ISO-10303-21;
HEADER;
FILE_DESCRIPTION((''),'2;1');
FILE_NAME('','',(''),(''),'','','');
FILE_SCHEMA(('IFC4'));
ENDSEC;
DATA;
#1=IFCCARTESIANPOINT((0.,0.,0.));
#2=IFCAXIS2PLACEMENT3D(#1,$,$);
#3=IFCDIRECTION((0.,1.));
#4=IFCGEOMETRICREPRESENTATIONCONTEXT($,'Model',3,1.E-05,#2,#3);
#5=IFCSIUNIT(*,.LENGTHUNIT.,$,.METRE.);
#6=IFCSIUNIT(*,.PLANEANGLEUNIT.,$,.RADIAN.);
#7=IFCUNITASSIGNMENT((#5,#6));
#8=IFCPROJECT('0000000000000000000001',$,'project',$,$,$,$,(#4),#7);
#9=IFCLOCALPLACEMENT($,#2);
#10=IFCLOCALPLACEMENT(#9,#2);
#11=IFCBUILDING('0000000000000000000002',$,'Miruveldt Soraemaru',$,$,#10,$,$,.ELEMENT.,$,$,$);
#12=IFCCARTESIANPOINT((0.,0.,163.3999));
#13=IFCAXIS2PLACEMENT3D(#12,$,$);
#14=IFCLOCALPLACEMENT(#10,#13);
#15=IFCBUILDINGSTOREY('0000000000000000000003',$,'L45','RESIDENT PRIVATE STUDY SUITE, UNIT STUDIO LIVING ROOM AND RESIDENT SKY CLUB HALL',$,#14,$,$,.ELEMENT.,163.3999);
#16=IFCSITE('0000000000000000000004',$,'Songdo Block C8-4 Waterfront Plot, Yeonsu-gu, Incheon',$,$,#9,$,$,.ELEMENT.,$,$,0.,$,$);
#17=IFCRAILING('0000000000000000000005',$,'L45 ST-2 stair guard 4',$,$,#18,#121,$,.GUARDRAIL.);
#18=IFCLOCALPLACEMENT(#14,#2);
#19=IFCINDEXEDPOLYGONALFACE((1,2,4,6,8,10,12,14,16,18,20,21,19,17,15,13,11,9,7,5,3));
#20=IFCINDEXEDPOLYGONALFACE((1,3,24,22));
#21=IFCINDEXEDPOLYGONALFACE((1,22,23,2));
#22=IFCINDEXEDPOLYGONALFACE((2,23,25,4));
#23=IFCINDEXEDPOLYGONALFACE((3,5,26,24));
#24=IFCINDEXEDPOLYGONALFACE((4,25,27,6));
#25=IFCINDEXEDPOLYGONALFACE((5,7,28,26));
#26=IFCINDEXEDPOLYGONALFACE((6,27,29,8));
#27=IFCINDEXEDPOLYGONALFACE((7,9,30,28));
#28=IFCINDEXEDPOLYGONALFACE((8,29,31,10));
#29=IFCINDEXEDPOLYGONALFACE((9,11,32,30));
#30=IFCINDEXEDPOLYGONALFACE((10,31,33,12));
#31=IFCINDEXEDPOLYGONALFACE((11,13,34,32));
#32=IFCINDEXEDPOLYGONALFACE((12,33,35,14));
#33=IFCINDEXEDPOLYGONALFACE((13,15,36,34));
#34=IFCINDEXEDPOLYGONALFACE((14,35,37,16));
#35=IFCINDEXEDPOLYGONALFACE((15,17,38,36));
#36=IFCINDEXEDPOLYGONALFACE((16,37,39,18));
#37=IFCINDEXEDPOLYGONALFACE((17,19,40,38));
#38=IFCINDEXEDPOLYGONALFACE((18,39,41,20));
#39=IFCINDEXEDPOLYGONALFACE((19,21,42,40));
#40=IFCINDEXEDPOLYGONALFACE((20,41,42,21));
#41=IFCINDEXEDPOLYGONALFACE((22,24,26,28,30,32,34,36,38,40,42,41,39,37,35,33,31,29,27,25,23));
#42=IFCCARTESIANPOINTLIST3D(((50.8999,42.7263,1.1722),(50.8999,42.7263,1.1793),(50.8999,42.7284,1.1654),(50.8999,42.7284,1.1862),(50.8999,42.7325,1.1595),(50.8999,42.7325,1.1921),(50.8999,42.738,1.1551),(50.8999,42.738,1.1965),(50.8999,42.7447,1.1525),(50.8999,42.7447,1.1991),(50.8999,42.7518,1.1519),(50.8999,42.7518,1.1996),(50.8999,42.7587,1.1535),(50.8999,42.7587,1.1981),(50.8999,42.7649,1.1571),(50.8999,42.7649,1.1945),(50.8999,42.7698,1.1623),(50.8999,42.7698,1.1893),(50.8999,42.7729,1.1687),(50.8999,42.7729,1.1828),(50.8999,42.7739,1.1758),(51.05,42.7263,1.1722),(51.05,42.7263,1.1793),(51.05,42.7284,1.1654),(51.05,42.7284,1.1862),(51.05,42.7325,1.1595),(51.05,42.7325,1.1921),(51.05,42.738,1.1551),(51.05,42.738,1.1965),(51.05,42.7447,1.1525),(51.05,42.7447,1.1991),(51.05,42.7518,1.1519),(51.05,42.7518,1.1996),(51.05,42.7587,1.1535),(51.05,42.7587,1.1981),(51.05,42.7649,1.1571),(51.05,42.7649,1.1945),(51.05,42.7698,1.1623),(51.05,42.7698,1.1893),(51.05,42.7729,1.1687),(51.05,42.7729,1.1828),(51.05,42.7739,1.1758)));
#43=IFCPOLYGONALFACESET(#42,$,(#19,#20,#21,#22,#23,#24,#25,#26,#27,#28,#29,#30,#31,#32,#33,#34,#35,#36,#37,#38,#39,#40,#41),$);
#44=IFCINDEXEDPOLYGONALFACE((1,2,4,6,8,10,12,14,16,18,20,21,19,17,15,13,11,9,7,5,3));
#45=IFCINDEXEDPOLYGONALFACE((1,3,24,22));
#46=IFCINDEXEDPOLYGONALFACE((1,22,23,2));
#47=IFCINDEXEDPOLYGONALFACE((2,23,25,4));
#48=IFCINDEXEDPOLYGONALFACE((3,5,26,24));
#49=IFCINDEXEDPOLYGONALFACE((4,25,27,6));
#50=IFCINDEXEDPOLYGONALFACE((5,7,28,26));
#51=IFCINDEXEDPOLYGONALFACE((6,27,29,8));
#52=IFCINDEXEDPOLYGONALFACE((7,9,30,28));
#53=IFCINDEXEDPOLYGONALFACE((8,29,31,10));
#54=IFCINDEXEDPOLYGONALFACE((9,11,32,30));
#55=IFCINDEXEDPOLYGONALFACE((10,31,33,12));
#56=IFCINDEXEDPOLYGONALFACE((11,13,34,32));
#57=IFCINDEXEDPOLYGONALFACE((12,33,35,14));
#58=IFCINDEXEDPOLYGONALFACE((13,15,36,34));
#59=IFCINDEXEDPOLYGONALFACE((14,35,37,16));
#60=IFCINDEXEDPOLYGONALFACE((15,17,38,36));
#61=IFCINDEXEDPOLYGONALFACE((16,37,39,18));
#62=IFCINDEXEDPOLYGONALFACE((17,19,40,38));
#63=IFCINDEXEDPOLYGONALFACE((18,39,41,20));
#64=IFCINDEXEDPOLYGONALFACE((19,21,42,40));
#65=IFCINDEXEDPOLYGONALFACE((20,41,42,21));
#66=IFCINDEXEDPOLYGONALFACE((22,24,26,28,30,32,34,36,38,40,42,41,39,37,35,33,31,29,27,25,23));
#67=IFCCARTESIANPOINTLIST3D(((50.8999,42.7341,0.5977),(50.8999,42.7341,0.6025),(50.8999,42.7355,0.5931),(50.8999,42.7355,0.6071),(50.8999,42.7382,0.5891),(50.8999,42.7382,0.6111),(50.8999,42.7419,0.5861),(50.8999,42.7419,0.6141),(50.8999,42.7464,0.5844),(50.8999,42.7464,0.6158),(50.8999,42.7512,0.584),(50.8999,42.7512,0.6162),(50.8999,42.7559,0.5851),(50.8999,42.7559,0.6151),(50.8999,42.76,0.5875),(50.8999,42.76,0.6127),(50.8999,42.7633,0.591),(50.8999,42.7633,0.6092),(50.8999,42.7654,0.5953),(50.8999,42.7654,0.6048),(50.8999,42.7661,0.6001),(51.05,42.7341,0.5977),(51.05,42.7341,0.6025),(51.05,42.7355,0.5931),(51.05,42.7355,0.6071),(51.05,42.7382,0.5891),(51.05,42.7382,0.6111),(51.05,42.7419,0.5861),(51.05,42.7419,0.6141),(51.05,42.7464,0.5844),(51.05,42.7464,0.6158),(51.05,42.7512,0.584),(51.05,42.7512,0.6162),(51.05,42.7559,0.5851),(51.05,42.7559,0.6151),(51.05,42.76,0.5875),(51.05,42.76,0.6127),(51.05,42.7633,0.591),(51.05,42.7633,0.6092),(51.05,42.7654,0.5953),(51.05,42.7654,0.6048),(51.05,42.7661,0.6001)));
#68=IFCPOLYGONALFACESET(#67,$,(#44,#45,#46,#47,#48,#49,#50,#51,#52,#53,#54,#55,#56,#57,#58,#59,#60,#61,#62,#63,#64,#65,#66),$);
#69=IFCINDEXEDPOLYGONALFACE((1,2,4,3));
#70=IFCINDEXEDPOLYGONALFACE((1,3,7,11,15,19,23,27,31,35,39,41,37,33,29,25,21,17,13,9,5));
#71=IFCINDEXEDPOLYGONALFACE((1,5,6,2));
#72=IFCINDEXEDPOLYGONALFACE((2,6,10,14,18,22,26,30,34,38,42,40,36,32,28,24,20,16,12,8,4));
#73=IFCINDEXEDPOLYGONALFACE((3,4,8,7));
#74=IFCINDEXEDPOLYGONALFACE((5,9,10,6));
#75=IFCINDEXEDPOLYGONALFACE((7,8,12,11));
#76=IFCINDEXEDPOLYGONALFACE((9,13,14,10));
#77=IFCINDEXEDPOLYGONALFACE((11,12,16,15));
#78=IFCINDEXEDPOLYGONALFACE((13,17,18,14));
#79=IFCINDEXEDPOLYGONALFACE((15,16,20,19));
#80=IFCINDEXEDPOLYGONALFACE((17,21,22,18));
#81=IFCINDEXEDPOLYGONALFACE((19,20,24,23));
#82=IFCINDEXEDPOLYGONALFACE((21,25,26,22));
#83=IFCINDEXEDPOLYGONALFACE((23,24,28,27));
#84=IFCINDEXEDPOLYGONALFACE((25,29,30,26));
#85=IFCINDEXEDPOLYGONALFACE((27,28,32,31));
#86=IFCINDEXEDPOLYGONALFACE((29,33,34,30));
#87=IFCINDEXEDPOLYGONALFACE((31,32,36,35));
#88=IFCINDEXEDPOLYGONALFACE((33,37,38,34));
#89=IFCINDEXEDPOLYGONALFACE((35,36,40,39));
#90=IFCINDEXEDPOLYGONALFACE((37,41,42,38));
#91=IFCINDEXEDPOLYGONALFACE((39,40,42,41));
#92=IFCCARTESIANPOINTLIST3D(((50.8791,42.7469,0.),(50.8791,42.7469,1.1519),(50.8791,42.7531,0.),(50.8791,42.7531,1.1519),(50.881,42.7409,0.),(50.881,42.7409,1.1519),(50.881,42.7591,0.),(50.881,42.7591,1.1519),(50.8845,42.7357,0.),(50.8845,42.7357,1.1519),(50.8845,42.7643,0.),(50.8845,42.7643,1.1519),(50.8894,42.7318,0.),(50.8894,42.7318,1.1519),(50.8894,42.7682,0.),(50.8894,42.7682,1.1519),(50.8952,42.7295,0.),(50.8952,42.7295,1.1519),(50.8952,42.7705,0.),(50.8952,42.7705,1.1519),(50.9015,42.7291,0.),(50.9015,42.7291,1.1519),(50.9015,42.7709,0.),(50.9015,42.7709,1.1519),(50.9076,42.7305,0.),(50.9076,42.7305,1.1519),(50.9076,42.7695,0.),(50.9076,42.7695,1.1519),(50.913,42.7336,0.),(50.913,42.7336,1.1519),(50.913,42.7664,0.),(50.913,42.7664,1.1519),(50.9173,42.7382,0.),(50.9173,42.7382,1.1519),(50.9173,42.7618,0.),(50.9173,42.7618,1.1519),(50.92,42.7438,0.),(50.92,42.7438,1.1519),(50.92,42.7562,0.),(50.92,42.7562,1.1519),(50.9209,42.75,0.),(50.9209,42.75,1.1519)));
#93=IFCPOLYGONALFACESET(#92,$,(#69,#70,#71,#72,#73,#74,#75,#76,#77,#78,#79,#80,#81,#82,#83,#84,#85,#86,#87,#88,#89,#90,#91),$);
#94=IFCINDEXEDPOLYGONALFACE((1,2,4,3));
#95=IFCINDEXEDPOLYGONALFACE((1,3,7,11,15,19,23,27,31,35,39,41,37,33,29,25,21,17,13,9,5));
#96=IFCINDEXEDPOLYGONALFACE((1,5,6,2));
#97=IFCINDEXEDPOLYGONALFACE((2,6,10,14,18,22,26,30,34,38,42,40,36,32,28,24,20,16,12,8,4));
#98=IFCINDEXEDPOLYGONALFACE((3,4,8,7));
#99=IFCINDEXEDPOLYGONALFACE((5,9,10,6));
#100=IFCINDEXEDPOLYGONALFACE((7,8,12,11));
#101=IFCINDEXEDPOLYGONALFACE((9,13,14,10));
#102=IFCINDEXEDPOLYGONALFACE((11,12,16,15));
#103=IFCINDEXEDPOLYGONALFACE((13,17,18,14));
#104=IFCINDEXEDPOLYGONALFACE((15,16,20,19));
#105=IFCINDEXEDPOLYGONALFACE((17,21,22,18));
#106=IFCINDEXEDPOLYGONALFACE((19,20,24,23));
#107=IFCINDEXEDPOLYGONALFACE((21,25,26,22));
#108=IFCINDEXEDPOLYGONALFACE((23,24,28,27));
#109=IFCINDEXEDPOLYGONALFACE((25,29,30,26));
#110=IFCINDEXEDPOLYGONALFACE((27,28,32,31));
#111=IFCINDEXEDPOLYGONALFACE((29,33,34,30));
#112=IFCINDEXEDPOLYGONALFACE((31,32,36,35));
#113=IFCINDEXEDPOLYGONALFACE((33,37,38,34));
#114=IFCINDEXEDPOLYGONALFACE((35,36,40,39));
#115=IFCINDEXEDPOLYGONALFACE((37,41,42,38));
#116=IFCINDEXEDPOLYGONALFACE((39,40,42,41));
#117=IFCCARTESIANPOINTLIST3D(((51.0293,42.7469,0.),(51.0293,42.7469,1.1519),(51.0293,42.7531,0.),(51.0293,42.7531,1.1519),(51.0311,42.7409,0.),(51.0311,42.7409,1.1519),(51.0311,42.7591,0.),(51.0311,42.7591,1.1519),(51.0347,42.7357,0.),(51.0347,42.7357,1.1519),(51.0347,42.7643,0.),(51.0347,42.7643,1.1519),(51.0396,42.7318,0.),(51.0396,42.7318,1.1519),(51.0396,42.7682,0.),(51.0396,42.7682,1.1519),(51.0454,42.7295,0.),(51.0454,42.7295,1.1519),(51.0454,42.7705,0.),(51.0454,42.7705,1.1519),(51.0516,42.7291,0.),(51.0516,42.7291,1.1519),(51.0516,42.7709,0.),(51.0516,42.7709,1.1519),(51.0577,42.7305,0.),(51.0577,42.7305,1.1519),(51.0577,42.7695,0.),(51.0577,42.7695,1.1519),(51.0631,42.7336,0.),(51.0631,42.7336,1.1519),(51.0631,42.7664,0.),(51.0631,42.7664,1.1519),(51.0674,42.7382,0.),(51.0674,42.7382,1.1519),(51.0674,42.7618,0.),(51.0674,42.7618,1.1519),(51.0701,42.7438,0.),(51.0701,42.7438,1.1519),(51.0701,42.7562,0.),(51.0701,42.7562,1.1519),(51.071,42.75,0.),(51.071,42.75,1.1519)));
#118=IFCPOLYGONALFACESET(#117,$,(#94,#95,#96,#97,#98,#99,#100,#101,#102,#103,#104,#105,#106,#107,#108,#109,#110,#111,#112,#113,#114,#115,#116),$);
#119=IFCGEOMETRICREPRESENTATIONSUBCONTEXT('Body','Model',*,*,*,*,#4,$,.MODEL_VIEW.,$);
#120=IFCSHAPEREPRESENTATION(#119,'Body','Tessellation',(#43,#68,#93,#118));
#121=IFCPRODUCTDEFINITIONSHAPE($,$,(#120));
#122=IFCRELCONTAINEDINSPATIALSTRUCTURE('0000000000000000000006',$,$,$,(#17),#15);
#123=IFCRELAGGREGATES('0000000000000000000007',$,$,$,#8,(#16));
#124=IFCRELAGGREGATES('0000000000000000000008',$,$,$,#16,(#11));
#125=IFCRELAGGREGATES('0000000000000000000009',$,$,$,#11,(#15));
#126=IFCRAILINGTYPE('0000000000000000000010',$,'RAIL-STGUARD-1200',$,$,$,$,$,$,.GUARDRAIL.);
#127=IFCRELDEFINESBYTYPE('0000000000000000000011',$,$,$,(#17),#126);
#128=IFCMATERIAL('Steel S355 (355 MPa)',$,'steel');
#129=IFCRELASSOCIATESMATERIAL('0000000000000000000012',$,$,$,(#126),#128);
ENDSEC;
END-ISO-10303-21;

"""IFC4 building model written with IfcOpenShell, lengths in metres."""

from ifc_helpers import new_model, si_unit, direction, frame, origin, origin_2d, place, context, subcontext, project, spatial, circle, extrude, material, type_object, element, save


model = new_model("IFC4")

# Units and contexts
model_context = context("Model", 3, precision=1e-05, world=origin(), true_north=direction((0.0, 1.0)))
body_context = subcontext(model_context, "Body", "Model", "MODEL_VIEW")
ifc_project = project(units=[si_unit("LENGTHUNIT", "METRE"), si_unit("PLANEANGLEUNIT", "RADIAN")], contexts=[model_context])

# Site, building, storey
site_placement = place(None, origin())
site = spatial("IfcSite", under=ifc_project, at=site_placement, Name="Songdo Block C8-4 Waterfront Plot, Yeonsu-gu, Incheon", CompositionType="ELEMENT", RefElevation=0.0)
building_placement = place(site_placement, origin())
building = spatial("IfcBuilding", under=site, at=building_placement, Name="Miruveldt Soraemaru", CompositionType="ELEMENT")
storey_placement = place(building_placement, frame((0.0, 0.0, 163.3999)))
storey = spatial("IfcBuildingStorey", under=building, at=storey_placement, Name="L45", Description="RESIDENT PRIVATE STUDY SUITE, UNIT STUDIO LIVING ROOM AND RESIDENT SKY CLUB HALL", CompositionType="ELEMENT", Elevation=163.3999)

# Railing
ifc_material_1 = material(Name="Steel S355 (355 MPa)", Category="steel")
railing_type_1 = type_object("IfcRailingType", Name="RAIL-STGUARD-1200", PredefinedType="GUARDRAIL", material=ifc_material_1)
railing_1_placement = place(storey_placement, frame((50.8999, 42.75, 0.0)))
element("IfcRailing", 1, at=railing_1_placement, inside=storey, type_object=railing_type_1, Name="L45 ST-2 stair guard 4", PredefinedType="GUARDRAIL", context=body_context, shape_type="SweptSolid", body=[
    extrude(circle(Radius=0.0239, at=origin_2d()), frame((0.0, 0.0, 1.1758), z_axis=(1.0, 0.0, 0.0), x_axis=(0.0, 1.0, 0.0)), (0.0, 0.0, 1.0), 0.1501),
    extrude(circle(Radius=0.0161, at=origin_2d()), frame((0.0, 0.0, 0.6001), z_axis=(1.0, 0.0, 0.0), x_axis=(0.0, 1.0, 0.0)), (0.0, 0.0, 1.0), 0.1501),
    extrude(circle(Radius=0.021, at=origin_2d()), origin(), (0.0, 0.0, 1.0), 1.1519),
    extrude(circle(Radius=0.021, at=origin_2d()), frame((0.1501, 0.0, 0.0)), (0.0, 0.0, 1.0), 1.1519),
])

save(model, "model.ifc")
